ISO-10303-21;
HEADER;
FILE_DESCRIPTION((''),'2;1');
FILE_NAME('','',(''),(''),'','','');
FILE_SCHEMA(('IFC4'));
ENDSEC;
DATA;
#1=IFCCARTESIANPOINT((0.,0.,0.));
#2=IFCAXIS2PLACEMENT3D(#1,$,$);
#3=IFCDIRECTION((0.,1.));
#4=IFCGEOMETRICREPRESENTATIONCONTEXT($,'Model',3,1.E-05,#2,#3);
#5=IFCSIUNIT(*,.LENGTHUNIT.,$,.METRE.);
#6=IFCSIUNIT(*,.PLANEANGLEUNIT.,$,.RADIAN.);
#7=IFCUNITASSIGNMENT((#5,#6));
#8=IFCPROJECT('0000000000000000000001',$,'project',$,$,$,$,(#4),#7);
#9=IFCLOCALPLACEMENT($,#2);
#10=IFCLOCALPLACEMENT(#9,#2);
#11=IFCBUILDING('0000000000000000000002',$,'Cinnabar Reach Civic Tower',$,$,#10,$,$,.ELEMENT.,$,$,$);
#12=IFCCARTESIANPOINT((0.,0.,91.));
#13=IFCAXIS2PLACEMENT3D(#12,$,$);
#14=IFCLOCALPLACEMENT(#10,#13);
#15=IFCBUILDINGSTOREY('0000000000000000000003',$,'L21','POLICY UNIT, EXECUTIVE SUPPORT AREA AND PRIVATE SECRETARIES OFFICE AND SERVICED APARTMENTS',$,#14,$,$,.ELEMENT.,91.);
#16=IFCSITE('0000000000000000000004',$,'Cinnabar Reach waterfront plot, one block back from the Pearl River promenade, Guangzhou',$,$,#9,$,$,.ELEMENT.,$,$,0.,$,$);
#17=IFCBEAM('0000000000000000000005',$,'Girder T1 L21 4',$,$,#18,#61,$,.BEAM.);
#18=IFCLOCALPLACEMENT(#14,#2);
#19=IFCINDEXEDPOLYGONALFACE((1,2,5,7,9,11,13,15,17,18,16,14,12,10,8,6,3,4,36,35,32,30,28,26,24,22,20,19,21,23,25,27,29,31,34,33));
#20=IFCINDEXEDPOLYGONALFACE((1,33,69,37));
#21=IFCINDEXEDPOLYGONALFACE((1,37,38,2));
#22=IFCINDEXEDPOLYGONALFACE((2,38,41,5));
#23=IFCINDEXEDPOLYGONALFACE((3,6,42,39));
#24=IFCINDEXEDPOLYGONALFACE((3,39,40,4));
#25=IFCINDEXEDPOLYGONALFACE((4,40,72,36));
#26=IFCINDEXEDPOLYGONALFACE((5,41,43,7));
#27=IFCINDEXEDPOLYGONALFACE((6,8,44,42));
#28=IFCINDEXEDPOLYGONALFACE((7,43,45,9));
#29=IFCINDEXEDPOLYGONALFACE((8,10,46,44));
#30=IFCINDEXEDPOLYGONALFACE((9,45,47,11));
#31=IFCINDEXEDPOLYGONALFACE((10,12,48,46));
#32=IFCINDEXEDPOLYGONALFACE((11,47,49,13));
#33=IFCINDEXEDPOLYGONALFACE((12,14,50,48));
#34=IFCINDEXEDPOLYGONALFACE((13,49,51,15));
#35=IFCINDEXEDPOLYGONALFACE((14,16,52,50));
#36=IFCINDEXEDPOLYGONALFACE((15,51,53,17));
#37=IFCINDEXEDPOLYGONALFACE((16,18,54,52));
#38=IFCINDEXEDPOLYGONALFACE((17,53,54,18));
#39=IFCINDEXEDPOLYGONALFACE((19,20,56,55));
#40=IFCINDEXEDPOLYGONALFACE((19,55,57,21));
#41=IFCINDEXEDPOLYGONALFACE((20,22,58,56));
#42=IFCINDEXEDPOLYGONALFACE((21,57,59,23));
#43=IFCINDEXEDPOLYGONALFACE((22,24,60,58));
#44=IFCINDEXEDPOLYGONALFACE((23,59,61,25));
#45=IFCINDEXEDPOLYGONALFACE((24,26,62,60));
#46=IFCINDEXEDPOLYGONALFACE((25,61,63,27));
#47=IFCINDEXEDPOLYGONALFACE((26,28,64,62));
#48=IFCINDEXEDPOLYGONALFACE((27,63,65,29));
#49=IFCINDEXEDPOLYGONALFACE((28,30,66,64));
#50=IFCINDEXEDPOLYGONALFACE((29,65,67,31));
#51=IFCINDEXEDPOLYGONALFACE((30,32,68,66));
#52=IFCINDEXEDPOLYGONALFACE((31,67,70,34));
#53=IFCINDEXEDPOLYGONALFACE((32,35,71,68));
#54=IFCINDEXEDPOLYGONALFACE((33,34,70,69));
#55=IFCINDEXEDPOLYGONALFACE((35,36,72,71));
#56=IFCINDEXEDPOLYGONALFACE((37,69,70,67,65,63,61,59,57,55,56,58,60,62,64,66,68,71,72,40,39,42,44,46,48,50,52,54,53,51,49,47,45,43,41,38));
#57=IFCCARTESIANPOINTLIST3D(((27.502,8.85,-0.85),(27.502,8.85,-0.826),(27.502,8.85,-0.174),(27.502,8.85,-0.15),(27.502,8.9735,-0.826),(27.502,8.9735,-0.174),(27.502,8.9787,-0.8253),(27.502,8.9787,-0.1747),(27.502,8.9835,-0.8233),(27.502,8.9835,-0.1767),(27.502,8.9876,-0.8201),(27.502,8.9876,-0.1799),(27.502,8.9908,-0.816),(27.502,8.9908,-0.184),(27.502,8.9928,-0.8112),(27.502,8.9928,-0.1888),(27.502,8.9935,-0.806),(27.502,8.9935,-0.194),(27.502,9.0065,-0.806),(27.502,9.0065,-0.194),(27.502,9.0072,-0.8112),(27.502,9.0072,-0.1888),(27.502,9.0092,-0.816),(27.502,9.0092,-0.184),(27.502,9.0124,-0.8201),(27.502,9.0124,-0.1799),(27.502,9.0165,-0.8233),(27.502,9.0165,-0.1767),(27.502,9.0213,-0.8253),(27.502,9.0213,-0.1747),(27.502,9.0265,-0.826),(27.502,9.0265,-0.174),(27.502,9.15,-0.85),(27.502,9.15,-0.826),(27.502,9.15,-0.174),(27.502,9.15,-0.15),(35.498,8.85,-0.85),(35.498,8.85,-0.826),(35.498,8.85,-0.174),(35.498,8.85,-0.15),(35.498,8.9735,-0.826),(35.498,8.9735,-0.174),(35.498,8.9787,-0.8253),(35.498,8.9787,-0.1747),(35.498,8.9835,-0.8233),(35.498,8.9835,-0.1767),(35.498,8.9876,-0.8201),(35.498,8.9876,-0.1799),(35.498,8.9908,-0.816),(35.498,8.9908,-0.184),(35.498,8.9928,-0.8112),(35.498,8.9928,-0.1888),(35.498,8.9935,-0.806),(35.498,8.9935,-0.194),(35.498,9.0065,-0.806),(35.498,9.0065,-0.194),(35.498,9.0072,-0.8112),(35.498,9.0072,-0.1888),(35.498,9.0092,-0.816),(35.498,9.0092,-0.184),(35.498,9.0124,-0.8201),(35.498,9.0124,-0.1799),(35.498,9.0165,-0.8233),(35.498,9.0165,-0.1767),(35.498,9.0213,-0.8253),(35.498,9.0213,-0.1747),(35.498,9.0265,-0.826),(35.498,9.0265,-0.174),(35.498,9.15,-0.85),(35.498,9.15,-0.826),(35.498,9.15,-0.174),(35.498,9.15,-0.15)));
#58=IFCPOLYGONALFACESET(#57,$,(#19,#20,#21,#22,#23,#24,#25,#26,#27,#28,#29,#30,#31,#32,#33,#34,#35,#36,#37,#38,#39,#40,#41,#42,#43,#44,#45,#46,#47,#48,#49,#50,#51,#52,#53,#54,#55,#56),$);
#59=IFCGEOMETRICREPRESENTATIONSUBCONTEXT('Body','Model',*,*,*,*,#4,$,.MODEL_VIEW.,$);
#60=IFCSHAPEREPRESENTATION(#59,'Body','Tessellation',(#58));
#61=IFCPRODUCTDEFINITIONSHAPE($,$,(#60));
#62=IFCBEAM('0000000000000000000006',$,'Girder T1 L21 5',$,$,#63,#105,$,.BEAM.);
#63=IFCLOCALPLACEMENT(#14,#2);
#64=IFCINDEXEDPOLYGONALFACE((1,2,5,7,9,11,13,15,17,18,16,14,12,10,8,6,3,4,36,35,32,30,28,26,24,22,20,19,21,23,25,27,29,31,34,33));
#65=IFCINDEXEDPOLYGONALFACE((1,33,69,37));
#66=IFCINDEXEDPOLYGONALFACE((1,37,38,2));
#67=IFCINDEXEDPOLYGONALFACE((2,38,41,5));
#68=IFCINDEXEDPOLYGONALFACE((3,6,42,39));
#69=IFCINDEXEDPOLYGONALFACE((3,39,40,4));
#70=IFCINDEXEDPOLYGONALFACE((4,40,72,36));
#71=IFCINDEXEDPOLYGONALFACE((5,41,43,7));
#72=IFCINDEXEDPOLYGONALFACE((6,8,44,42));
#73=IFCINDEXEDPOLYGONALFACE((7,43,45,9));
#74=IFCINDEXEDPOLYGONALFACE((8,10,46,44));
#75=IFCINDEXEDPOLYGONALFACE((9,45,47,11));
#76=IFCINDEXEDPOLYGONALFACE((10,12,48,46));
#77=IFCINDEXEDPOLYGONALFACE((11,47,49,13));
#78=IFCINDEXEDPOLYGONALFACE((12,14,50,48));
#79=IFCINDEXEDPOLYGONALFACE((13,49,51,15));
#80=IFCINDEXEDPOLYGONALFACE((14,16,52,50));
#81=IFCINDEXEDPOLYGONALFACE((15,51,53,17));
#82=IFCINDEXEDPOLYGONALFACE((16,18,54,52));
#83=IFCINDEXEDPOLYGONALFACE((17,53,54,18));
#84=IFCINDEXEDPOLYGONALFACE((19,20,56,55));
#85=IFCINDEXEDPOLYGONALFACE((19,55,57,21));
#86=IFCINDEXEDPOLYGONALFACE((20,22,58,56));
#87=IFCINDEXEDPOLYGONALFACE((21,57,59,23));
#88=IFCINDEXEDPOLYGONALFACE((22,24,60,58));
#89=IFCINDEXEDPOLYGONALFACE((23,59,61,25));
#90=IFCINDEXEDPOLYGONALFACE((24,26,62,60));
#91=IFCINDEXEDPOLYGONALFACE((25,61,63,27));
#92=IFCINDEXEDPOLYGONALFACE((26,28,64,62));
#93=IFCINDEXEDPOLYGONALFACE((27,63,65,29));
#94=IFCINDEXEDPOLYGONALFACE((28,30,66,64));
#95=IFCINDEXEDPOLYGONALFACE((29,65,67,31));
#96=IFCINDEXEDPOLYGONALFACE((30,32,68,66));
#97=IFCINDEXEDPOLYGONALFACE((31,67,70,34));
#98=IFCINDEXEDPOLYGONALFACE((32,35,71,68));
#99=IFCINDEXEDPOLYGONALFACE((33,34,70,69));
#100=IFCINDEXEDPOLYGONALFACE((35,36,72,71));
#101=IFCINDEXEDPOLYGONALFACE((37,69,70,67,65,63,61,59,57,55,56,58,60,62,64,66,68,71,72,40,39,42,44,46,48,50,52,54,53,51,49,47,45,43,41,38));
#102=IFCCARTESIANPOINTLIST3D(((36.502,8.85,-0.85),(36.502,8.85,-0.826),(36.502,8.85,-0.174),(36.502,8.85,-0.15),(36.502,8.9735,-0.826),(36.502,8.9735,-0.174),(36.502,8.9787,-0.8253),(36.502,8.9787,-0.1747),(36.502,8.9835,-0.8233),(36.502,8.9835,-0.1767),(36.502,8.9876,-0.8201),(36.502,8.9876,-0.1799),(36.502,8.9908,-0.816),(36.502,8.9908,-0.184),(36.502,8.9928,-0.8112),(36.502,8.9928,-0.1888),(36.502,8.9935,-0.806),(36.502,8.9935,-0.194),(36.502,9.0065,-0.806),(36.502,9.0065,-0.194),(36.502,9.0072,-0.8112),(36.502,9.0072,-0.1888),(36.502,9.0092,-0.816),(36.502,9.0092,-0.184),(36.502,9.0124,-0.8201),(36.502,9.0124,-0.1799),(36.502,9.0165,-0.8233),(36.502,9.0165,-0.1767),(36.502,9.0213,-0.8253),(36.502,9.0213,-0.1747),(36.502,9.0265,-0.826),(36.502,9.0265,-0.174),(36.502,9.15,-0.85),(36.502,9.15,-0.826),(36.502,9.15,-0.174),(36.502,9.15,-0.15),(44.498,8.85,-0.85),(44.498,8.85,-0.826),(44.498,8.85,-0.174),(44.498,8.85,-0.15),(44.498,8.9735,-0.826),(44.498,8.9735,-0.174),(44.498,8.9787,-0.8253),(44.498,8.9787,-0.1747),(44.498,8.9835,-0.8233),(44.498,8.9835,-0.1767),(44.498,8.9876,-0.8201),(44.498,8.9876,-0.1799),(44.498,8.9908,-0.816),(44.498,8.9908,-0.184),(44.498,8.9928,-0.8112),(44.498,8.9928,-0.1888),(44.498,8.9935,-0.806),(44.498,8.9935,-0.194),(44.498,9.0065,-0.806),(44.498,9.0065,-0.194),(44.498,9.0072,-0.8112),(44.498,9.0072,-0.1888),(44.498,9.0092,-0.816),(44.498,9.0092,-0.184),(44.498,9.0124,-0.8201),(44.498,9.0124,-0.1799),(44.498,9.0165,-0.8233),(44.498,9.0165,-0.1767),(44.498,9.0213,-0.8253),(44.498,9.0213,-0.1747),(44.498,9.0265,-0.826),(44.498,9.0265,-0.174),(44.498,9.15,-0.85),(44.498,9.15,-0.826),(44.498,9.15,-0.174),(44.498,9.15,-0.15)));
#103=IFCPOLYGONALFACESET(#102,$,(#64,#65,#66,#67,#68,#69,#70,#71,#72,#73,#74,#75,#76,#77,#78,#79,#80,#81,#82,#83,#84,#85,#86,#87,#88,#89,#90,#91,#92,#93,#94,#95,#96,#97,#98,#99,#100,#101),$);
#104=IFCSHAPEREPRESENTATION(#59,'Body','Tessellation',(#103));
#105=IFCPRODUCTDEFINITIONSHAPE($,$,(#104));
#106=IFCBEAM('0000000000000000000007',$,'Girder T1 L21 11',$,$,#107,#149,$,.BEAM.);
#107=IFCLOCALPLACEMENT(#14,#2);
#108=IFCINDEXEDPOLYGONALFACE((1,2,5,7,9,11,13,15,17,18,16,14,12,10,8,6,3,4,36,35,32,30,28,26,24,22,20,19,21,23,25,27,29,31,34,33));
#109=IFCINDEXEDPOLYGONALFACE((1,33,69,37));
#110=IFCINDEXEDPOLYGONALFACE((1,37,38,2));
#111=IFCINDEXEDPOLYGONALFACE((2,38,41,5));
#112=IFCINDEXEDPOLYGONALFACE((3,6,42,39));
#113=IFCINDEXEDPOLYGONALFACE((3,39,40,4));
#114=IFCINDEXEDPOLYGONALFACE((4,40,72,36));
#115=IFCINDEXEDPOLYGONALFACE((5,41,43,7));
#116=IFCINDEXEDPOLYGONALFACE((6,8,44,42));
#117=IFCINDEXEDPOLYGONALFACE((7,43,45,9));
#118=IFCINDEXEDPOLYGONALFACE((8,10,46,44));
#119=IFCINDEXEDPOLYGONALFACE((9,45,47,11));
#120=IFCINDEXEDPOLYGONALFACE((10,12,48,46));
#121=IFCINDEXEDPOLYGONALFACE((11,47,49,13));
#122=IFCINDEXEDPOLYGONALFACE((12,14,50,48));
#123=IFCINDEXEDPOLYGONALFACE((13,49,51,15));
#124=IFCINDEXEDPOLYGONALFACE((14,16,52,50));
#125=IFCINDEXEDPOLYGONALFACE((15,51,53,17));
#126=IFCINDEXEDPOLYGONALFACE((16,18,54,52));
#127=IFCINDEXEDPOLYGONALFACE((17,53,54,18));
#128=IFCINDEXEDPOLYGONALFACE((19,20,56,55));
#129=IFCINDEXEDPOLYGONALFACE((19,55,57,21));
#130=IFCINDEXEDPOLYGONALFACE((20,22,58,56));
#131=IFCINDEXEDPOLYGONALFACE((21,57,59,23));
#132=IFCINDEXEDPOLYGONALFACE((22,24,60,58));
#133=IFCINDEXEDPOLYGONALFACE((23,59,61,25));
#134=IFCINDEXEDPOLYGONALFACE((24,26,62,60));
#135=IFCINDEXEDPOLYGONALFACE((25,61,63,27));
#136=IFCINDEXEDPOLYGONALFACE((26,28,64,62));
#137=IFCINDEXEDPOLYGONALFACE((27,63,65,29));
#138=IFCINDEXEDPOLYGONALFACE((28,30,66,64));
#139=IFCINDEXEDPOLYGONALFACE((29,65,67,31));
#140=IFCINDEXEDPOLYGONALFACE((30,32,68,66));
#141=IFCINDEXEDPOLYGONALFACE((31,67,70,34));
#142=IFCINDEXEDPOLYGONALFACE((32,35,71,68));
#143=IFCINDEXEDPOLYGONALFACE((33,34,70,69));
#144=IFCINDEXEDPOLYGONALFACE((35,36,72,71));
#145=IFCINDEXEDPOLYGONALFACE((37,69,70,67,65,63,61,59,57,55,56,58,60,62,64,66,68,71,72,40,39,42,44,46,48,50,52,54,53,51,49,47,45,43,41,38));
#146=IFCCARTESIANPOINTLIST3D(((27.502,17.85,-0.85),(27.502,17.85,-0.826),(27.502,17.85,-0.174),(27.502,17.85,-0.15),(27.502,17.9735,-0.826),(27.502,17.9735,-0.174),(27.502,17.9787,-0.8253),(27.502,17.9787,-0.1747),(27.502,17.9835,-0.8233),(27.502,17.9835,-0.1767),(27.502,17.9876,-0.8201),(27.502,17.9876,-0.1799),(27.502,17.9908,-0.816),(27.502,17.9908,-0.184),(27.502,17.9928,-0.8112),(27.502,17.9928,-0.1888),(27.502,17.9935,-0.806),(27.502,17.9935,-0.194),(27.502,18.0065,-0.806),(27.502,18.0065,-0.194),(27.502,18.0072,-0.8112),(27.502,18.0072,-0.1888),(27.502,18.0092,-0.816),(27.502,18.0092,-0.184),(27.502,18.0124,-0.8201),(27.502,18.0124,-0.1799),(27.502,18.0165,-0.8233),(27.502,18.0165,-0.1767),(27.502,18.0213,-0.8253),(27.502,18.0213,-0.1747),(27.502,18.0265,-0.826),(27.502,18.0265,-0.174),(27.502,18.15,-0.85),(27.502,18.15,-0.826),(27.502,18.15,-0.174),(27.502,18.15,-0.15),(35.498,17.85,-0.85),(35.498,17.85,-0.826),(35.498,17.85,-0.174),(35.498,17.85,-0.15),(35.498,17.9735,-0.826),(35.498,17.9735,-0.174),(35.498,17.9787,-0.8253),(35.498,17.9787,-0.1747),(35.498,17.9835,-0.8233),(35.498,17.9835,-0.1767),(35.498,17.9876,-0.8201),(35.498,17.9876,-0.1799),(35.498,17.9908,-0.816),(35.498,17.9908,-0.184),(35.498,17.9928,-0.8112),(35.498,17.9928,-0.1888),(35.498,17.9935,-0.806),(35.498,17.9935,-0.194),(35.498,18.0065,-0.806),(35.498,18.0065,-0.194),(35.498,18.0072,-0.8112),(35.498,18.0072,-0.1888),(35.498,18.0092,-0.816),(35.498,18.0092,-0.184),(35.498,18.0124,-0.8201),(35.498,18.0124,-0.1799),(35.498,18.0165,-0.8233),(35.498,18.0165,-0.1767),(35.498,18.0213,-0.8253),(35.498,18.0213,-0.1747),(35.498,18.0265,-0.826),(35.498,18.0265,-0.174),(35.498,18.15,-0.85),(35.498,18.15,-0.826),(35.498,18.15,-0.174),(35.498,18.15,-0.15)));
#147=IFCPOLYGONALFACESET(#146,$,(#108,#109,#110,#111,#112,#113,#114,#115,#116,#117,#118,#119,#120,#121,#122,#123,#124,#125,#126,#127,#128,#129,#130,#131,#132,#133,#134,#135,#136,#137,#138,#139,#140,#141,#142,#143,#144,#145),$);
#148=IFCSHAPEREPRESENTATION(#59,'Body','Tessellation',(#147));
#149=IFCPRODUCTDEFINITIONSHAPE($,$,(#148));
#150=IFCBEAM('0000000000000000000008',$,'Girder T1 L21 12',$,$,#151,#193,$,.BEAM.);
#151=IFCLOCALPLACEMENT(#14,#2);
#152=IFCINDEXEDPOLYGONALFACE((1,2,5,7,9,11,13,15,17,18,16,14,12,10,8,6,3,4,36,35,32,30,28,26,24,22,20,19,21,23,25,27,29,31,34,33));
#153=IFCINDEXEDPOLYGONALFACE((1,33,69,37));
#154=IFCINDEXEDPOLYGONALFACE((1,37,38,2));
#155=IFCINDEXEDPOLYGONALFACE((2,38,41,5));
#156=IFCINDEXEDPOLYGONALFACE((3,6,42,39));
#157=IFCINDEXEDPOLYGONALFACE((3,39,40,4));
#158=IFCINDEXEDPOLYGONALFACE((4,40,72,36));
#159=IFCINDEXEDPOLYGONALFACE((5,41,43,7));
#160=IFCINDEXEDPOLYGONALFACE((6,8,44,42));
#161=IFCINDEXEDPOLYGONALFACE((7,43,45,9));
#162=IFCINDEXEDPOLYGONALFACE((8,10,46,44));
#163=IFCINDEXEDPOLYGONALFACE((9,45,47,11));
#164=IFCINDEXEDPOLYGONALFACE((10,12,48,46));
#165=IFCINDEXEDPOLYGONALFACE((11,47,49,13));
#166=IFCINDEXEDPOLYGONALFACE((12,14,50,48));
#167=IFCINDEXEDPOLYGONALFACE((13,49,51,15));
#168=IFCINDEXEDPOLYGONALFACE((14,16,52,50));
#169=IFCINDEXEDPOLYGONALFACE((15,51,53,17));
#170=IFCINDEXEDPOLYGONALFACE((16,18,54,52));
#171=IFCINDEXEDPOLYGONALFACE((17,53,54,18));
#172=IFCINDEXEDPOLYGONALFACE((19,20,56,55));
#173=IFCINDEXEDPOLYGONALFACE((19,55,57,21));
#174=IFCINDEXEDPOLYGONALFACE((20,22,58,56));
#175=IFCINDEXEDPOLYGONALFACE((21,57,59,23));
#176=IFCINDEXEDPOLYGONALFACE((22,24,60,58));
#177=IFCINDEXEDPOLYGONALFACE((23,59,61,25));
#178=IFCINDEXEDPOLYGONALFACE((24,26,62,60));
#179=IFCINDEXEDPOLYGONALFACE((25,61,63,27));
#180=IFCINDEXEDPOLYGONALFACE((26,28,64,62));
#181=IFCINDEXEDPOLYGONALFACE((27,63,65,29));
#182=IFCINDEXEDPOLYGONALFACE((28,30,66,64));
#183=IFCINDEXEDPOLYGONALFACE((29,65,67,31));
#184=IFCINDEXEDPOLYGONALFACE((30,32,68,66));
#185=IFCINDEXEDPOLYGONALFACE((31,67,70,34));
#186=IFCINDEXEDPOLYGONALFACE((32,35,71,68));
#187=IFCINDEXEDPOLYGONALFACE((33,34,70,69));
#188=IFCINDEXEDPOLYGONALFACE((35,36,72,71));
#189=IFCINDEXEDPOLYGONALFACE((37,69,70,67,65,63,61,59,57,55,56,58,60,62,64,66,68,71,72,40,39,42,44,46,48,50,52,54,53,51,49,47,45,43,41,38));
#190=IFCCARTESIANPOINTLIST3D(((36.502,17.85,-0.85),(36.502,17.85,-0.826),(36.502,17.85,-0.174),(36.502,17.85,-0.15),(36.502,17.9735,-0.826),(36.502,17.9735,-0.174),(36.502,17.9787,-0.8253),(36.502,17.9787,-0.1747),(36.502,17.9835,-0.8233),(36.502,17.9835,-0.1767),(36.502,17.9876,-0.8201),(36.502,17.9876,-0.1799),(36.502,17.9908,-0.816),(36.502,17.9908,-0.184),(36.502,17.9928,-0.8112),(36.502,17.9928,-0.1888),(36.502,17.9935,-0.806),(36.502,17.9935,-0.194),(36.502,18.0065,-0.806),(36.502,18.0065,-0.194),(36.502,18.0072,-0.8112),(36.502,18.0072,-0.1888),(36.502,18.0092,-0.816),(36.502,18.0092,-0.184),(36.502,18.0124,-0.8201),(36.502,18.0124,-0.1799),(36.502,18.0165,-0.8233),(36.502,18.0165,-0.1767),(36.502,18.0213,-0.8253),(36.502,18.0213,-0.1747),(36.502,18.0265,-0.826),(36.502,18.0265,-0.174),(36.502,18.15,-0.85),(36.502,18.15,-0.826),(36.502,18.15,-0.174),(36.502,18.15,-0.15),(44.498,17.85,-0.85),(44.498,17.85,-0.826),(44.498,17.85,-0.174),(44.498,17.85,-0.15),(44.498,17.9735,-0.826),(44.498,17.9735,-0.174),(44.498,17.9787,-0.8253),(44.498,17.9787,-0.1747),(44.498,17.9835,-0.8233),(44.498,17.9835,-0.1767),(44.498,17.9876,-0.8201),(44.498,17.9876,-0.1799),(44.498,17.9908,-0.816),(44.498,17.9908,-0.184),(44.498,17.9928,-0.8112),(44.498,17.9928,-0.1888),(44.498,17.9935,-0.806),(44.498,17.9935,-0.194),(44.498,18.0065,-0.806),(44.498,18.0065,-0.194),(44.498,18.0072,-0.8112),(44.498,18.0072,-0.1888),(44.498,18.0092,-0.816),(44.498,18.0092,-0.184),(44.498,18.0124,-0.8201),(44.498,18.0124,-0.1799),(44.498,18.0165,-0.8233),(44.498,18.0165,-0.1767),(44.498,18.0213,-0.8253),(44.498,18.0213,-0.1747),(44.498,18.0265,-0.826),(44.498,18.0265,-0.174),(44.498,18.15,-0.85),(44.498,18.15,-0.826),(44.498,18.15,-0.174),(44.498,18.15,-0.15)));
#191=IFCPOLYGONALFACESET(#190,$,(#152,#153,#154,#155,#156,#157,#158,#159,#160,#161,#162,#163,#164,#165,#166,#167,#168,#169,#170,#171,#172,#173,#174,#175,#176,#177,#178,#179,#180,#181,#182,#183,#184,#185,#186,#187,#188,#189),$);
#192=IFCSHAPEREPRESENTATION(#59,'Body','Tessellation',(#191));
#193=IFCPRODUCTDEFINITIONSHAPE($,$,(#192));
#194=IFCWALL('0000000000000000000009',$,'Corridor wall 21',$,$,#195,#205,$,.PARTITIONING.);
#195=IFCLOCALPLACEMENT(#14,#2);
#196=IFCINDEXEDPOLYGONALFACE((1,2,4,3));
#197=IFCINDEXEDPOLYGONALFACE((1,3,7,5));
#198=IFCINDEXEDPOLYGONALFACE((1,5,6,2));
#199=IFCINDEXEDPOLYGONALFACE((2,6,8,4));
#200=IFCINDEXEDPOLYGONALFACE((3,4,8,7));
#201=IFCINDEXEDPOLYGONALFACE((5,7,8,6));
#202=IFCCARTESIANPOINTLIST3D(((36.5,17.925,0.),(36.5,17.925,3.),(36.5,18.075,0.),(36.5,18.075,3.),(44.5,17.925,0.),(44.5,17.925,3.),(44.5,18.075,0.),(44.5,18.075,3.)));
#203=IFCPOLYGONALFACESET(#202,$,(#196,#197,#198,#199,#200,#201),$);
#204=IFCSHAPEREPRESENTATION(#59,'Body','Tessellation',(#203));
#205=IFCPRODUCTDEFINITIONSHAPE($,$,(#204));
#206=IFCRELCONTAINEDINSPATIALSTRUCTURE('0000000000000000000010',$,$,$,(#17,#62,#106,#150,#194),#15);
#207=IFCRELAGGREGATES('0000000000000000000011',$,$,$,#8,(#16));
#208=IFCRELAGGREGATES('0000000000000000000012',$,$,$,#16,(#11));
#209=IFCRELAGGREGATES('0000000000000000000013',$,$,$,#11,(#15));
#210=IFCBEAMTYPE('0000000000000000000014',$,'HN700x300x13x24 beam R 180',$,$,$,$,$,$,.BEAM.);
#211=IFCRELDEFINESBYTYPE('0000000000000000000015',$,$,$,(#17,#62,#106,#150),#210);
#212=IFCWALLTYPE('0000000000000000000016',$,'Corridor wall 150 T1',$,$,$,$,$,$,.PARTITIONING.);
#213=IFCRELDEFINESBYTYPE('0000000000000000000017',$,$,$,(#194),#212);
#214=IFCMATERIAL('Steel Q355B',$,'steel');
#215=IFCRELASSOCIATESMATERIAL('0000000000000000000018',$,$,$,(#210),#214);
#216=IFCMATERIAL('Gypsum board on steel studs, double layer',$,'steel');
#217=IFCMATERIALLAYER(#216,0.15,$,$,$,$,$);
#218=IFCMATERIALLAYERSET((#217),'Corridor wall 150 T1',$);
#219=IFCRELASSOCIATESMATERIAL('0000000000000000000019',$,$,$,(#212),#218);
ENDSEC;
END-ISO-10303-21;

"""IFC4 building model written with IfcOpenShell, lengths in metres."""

from ifc_helpers import new_model, si_unit, direction, frame, frame_2d, origin, origin_2d, place, context, subcontext, project, spatial, rectangle, i_section, extrude, material, layer, layer_set, material_profile, profile_set, type_object, element, save


model = new_model("IFC4")

# Units and contexts
model_context = context("Model", 3, precision=1e-05, world=origin(), true_north=direction((0.0, 1.0)))
body_context = subcontext(model_context, "Body", "Model", "MODEL_VIEW")
ifc_project = project(units=[si_unit("LENGTHUNIT", "METRE"), si_unit("PLANEANGLEUNIT", "RADIAN")], contexts=[model_context])

# Site, building, storey
site_placement = place(None, origin())
site = spatial("IfcSite", under=ifc_project, at=site_placement, Name="Cinnabar Reach waterfront plot, one block back from the Pearl River promenade, Guangzhou", CompositionType="ELEMENT", RefElevation=0.0)
building_placement = place(site_placement, origin())
building = spatial("IfcBuilding", under=site, at=building_placement, Name="Cinnabar Reach Civic Tower", CompositionType="ELEMENT")
storey_placement = place(building_placement, frame((0.0, 0.0, 91.0)))
storey = spatial("IfcBuildingStorey", under=building, at=storey_placement, Name="L21", Description="POLICY UNIT, EXECUTIVE SUPPORT AREA AND PRIVATE SECRETARIES OFFICE AND SERVICED APARTMENTS", CompositionType="ELEMENT", Elevation=91.0)

# Beams
ifc_material_1 = material(Name="Steel Q355B", Category="steel")
ifc_material_profile_1 = material_profile(ifc_material_1, i_section(OverallWidth=0.3, OverallDepth=0.7, WebThickness=0.013, FlangeThickness=0.024, FilletRadius=0.02, at=origin_2d()), Name="HN700x300x13x24")
ifc_profile_set_1 = profile_set([ifc_material_profile_1], Name="Steel Q355B")
beam_type_1 = type_object("IfcBeamType", Name="HN700x300x13x24 beam R 180", PredefinedType="BEAM", material=ifc_profile_set_1)
for number, where, z_axis, x_axis, name in (
    (1, (27.502, 9.0, -0.5), (1.0, 0.0, 0.0), (0.0, 1.0, 0.0), "Girder T1 L21 4"),
    (2, (36.502, 9.0, -0.5), (1.0, 0.0, 0.0), (0.0, 1.0, 0.0), "Girder T1 L21 5"),
    (3, (27.502, 18.0, -0.5), (1.0, 0.0, 0.0), (0.0, 1.0, 0.0), "Girder T1 L21 11"),
    (4, (36.502, 18.0, -0.5), (1.0, 0.0, 0.0), (0.0, 1.0, 0.0), "Girder T1 L21 12"),
):
    element("IfcBeam", number, at=place(storey_placement, frame(where, z_axis=z_axis, x_axis=x_axis)), inside=storey, type_object=beam_type_1, Name=name, PredefinedType="BEAM", context=body_context, shape_type="SweptSolid", body=[
        extrude(i_section(OverallWidth=0.3, OverallDepth=0.7, WebThickness=0.013, FlangeThickness=0.024, FilletRadius=0.02, at=origin_2d()), origin(), (0.0, 0.0, 1.0), 7.996),
    ])

# Wall
ifc_material_2 = material(Name="Gypsum board on steel studs, double layer", Category="steel")
ifc_layer_1 = layer(ifc_material_2, 0.15)
ifc_layer_set_1 = layer_set([ifc_layer_1], Name="Corridor wall 150 T1")
wall_type_1 = type_object("IfcWallType", Name="Corridor wall 150 T1", PredefinedType="PARTITIONING", material=ifc_layer_set_1)
wall_1_placement = place(storey_placement, frame((36.5, 18.0, 0.0), z_axis=(0.0, 0.0, 1.0), x_axis=(1.0, 0.0, 0.0)))
element("IfcWall", 5, at=wall_1_placement, inside=storey, type_object=wall_type_1, Name="Corridor wall 21", PredefinedType="PARTITIONING", context=body_context, shape_type="SweptSolid", body=[
    extrude(rectangle(XDim=8.0, YDim=0.15, at=frame_2d((4.0, 0.0))), origin(), (0.0, 0.0, 1.0), 3.0),
])

save(model, "model.ifc")
